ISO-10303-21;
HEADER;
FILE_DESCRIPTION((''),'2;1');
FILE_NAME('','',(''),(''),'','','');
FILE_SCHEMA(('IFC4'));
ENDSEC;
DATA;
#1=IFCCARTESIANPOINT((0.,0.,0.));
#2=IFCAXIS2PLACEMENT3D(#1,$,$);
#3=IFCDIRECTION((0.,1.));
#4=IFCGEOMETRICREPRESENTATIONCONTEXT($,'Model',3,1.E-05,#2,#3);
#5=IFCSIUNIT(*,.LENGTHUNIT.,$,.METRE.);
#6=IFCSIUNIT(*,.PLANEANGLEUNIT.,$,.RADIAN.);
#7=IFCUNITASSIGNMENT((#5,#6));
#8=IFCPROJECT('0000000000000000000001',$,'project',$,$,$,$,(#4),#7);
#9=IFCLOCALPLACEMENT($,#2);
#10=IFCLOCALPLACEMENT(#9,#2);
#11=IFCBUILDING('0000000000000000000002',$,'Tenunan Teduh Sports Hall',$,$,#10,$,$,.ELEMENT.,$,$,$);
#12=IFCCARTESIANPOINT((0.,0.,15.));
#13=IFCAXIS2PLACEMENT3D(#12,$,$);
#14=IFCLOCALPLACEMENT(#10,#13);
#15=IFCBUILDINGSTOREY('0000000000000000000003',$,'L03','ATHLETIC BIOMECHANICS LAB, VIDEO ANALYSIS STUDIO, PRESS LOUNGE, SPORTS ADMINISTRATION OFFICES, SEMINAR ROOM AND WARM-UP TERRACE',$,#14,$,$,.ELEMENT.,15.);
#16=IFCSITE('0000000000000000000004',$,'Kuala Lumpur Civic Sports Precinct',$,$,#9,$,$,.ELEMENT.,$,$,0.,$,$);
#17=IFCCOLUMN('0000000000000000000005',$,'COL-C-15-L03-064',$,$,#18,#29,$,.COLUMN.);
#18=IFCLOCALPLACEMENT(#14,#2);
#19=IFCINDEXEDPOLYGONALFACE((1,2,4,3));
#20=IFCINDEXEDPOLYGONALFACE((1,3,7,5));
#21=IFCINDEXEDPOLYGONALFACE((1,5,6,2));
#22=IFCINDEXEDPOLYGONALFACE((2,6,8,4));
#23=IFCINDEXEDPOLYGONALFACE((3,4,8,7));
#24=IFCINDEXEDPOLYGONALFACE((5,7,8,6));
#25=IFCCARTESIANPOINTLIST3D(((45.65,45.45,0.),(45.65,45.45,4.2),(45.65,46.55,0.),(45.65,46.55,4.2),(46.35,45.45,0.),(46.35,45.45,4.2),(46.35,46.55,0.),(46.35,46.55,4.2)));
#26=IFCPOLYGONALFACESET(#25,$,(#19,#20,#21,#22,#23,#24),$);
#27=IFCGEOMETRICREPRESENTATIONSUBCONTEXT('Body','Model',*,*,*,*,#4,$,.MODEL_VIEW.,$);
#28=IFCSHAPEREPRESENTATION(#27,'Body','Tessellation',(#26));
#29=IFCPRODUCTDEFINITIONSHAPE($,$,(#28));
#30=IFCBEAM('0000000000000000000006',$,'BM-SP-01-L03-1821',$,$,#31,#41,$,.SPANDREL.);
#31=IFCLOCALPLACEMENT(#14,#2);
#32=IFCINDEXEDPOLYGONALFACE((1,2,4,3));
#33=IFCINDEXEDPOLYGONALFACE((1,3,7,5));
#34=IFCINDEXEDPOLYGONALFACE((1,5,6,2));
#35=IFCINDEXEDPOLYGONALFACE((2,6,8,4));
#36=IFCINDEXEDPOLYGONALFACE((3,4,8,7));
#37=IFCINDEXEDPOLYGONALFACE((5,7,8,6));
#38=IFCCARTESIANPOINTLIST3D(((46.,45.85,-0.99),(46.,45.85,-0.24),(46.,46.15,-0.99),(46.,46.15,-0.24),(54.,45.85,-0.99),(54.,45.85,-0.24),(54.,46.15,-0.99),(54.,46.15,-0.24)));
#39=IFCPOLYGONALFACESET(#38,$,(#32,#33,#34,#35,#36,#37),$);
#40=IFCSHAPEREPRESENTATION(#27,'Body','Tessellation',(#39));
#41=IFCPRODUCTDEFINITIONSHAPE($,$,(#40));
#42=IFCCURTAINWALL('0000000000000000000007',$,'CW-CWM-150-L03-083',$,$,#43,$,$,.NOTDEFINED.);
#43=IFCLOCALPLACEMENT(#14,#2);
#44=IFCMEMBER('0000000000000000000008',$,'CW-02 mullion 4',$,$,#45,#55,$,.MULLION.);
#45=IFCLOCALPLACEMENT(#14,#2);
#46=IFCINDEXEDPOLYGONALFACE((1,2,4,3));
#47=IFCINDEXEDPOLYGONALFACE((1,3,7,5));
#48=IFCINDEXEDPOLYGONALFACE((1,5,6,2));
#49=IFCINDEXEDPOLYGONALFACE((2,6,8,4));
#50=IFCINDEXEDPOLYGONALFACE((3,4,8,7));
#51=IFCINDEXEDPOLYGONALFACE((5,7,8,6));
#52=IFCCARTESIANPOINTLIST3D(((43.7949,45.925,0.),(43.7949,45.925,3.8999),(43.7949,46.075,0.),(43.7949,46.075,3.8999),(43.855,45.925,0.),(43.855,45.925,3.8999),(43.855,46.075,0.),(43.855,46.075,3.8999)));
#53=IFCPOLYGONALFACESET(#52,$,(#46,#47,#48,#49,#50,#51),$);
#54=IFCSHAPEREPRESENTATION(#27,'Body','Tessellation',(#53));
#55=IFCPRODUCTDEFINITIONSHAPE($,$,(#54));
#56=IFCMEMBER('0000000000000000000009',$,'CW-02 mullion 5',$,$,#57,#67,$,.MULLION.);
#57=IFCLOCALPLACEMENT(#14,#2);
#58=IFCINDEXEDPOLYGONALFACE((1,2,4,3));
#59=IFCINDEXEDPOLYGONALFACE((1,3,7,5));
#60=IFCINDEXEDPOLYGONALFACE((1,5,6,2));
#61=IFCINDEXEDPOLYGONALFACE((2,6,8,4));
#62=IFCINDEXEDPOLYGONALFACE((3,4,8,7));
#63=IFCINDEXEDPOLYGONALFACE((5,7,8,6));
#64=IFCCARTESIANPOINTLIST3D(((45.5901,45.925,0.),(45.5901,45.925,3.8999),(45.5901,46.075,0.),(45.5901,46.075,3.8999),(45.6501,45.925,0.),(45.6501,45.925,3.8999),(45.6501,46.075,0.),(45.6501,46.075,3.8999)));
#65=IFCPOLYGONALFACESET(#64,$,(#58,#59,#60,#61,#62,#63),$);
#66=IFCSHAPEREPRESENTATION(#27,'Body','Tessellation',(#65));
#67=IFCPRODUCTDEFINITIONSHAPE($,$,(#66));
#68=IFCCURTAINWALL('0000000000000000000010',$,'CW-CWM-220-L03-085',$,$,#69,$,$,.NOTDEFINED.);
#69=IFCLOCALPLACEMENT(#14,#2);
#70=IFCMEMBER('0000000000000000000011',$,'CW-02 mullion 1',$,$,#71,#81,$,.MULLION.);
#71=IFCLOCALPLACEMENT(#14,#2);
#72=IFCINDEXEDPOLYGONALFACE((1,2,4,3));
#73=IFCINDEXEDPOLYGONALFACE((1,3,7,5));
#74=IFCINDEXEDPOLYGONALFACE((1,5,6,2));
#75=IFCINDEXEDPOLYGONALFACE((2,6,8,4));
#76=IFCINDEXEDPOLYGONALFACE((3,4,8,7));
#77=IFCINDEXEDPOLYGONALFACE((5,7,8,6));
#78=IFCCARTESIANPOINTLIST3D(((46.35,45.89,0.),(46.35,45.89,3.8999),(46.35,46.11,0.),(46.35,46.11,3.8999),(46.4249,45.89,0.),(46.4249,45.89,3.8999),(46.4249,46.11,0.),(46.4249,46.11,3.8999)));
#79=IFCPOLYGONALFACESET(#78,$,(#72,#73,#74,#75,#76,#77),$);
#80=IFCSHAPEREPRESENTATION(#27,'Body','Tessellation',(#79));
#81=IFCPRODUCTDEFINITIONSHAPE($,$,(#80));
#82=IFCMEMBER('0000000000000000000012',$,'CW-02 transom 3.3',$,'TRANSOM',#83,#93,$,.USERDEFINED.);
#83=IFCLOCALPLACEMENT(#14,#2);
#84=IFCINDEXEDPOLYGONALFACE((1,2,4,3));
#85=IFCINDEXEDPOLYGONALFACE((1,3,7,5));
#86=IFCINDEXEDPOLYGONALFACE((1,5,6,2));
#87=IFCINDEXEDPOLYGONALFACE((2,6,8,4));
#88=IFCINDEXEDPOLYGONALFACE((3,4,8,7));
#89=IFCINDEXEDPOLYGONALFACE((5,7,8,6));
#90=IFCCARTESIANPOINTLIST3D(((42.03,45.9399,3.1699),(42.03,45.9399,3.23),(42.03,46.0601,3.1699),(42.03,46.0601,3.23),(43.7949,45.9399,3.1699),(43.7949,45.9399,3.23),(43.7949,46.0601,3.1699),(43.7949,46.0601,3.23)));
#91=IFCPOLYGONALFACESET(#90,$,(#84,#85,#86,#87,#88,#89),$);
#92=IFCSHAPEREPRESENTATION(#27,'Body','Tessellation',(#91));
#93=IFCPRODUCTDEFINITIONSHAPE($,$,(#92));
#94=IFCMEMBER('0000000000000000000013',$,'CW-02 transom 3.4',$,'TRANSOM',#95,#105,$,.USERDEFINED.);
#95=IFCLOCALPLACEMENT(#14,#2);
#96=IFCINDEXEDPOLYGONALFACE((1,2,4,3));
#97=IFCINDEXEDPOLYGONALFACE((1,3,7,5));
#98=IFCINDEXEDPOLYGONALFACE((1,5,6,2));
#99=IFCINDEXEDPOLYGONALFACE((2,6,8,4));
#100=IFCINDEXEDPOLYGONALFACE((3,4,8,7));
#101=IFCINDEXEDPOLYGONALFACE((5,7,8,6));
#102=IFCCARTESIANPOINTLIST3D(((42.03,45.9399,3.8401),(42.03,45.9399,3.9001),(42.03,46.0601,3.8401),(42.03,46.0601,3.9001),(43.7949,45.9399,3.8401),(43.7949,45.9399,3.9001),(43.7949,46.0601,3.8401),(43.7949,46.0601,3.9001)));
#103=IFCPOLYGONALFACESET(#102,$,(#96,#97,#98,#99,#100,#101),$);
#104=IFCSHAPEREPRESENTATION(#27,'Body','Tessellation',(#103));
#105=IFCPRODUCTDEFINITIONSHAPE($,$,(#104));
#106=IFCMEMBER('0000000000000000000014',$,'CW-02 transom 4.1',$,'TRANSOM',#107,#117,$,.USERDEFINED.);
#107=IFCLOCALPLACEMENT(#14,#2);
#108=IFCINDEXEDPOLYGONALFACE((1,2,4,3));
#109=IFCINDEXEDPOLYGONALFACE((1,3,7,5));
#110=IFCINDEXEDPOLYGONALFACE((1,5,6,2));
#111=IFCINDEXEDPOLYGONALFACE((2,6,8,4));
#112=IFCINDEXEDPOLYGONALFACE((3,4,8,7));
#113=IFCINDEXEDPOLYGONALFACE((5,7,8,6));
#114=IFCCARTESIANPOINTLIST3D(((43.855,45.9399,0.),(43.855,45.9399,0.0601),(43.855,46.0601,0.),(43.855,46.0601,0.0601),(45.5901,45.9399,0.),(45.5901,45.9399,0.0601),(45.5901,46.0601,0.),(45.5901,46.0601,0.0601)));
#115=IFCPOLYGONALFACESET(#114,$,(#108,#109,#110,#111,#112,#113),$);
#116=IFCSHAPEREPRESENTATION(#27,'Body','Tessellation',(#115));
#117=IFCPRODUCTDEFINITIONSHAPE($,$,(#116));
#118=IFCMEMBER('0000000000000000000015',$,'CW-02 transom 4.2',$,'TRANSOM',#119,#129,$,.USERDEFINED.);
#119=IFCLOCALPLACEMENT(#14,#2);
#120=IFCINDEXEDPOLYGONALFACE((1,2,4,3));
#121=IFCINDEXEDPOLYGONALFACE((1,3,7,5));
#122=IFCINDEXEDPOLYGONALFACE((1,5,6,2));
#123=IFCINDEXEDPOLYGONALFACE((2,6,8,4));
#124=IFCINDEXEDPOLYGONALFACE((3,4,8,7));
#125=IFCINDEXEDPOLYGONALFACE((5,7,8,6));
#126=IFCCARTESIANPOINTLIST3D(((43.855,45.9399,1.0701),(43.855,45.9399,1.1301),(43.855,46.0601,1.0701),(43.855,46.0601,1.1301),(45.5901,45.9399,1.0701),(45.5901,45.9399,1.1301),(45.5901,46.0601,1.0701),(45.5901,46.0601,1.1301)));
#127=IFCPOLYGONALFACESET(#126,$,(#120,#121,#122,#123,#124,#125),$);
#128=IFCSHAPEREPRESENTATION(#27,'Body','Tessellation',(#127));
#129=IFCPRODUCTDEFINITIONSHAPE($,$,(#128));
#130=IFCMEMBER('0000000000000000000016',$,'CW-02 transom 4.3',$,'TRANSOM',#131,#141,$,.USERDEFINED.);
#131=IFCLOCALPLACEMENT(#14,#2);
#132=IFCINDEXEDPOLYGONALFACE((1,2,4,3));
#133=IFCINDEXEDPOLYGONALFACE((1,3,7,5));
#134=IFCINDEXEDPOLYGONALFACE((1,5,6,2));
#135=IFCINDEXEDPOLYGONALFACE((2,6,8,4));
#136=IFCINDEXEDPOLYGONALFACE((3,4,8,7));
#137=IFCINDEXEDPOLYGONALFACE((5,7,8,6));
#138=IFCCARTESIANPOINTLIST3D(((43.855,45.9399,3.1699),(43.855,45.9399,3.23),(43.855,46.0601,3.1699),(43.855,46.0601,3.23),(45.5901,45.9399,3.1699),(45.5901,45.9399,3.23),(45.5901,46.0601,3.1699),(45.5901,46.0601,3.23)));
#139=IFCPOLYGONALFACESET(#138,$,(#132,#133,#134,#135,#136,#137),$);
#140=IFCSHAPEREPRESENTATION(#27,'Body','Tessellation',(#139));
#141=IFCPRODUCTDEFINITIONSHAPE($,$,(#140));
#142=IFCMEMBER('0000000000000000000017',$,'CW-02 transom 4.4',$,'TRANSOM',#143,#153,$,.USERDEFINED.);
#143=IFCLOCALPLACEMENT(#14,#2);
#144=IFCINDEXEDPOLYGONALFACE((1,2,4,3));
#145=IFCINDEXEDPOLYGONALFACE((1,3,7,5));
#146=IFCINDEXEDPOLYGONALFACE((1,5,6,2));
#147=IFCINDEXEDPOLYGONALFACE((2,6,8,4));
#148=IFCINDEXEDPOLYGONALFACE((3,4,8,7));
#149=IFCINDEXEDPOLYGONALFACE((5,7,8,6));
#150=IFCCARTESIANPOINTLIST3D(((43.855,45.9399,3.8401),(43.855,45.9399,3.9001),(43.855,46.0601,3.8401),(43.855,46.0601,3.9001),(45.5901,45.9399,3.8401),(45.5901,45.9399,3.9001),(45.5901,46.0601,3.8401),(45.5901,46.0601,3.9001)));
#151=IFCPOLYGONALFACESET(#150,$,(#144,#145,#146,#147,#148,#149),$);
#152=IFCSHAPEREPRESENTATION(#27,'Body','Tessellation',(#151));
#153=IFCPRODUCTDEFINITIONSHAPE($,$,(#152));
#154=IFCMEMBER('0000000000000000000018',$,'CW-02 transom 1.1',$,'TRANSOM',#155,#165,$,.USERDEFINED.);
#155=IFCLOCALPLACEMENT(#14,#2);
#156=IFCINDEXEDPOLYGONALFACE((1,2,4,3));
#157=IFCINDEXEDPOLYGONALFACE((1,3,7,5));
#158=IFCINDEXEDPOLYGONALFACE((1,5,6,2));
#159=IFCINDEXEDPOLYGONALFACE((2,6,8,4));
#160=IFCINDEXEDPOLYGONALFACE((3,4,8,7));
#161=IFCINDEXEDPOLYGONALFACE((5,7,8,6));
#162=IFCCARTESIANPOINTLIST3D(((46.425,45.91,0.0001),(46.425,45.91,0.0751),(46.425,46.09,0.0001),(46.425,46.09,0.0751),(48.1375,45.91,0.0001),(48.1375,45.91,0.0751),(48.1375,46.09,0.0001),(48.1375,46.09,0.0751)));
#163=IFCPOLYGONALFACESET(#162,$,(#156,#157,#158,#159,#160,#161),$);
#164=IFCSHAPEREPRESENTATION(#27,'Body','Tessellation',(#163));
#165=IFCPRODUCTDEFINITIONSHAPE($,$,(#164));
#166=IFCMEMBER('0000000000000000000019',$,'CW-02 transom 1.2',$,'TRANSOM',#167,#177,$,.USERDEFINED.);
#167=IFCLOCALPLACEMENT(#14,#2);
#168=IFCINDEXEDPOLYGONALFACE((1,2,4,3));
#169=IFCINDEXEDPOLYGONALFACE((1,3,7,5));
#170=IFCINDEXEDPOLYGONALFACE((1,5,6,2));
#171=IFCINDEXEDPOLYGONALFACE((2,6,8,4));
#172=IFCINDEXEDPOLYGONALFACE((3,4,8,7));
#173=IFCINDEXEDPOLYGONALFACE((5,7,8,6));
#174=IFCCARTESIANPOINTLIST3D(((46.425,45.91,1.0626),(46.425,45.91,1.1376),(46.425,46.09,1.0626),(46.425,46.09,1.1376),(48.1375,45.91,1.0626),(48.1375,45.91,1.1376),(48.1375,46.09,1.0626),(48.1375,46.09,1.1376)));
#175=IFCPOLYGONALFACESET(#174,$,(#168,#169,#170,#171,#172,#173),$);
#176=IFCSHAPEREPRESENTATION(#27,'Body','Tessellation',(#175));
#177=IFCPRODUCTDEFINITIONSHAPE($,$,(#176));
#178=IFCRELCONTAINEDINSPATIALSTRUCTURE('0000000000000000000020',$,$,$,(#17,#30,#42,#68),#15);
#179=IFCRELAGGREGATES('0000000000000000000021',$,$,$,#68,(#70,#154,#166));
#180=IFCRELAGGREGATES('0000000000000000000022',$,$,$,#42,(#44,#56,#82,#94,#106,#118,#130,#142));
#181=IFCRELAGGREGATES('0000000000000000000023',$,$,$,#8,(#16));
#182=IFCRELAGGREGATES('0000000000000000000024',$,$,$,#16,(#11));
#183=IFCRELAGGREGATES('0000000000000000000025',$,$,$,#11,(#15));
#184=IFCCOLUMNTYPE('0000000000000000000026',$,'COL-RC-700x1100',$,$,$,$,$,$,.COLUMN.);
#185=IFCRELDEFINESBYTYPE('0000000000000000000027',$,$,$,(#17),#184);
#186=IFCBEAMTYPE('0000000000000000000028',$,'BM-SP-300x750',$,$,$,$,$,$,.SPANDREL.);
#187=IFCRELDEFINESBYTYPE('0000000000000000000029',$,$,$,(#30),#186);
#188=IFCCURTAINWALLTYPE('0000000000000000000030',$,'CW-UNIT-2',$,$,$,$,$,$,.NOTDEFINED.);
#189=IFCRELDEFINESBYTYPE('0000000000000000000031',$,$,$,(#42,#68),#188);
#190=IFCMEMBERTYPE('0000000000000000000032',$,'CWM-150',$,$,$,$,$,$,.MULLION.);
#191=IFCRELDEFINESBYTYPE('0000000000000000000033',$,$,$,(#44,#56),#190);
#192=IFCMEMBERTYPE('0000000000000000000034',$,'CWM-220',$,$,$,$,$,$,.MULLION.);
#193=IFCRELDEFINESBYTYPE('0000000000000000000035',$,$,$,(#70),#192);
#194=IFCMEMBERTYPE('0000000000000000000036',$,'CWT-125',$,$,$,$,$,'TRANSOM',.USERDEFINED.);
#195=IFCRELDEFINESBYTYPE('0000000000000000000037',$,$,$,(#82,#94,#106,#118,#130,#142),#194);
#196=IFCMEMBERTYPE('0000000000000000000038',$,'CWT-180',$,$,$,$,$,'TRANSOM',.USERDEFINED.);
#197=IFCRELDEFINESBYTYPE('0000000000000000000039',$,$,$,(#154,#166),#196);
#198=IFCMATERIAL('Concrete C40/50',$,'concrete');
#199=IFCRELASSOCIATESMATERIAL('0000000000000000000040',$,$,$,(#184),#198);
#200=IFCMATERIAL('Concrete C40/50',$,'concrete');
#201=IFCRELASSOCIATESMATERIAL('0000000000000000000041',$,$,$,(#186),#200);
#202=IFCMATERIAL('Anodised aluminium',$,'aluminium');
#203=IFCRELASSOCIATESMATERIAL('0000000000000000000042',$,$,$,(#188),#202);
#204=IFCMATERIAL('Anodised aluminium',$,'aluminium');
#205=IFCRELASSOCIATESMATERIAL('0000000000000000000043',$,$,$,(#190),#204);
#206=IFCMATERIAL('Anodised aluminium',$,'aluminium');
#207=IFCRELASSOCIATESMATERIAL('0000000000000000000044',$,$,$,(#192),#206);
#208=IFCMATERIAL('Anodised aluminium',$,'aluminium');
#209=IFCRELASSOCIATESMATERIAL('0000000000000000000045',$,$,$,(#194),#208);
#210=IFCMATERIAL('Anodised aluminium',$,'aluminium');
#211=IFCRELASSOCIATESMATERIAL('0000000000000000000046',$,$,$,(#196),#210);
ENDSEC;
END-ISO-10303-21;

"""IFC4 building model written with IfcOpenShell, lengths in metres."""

from ifc_helpers import new_model, si_unit, direction, frame, origin, origin_2d, place, context, subcontext, project, spatial, rectangle, extrude, material, material_profile, profile_set, type_object, element, aggregate, save


model = new_model("IFC4")

# Units and contexts
model_context = context("Model", 3, precision=1e-05, world=origin(), true_north=direction((0.0, 1.0)))
body_context = subcontext(model_context, "Body", "Model", "MODEL_VIEW")
ifc_project = project(units=[si_unit("LENGTHUNIT", "METRE"), si_unit("PLANEANGLEUNIT", "RADIAN")], contexts=[model_context])

# Site, building, storey
site_placement = place(None, origin())
site = spatial("IfcSite", under=ifc_project, at=site_placement, Name="Kuala Lumpur Civic Sports Precinct", CompositionType="ELEMENT", RefElevation=0.0)
building_placement = place(site_placement, origin())
building = spatial("IfcBuilding", under=site, at=building_placement, Name="Tenunan Teduh Sports Hall", CompositionType="ELEMENT")
storey_placement = place(building_placement, frame((0.0, 0.0, 15.0)))
storey = spatial("IfcBuildingStorey", under=building, at=storey_placement, Name="L03", Description="ATHLETIC BIOMECHANICS LAB, VIDEO ANALYSIS STUDIO, PRESS LOUNGE, SPORTS ADMINISTRATION OFFICES, SEMINAR ROOM AND WARM-UP TERRACE", CompositionType="ELEMENT", Elevation=15.0)

# Column
ifc_material_1 = material(Name="Concrete C40/50", Category="concrete")
ifc_material_profile_1 = material_profile(ifc_material_1, rectangle(XDim=0.7, YDim=1.1001, at=origin_2d()), Name="RC 700x1100")
ifc_profile_set_1 = profile_set([ifc_material_profile_1], Name="Concrete C40/50")
column_type = type_object("IfcColumnType", Name="COL-RC-700x1100", PredefinedType="COLUMN", material=ifc_profile_set_1)
column_placement = place(storey_placement, frame((46.0, 46.0, 0.0), z_axis=(0.0, 0.0, 1.0), x_axis=(1.0, 0.0, 0.0)))
element("IfcColumn", 1, at=column_placement, inside=storey, type_object=column_type, Name="COL-C-15-L03-064", PredefinedType="COLUMN", context=body_context, shape_type="SweptSolid", body=[
    extrude(rectangle(XDim=0.7, YDim=1.1001, at=origin_2d()), origin(), (0.0, 0.0, 1.0), 4.2),
])

# Beam
ifc_material_2 = material(Name="Concrete C40/50", Category="concrete")
ifc_material_profile_2 = material_profile(ifc_material_2, rectangle(XDim=0.3, YDim=0.75, at=origin_2d()), Name="SPB 300x750")
ifc_profile_set_2 = profile_set([ifc_material_profile_2], Name="Concrete C40/50")
beam_type = type_object("IfcBeamType", Name="BM-SP-300x750", PredefinedType="SPANDREL", material=ifc_profile_set_2)
beam_placement = place(storey_placement, frame((46.0, 46.0, -0.615), z_axis=(1.0, 0.0, 0.0), x_axis=(0.0, 1.0, 0.0)))
element("IfcBeam", 2, at=beam_placement, inside=storey, type_object=beam_type, Name="BM-SP-01-L03-1821", PredefinedType="SPANDREL", context=body_context, shape_type="SweptSolid", body=[
    extrude(rectangle(XDim=0.3, YDim=0.75, at=origin_2d()), origin(), (0.0, 0.0, 1.0), 8.0),
])

# Curtain wall, members
ifc_material_3 = material(Name="Anodised aluminium", Category="aluminium")
curtain_wall_type = type_object("IfcCurtainWallType", Name="CW-UNIT-2", PredefinedType="NOTDEFINED", material=ifc_material_3)
curtain_wall_1_placement = place(storey_placement, origin())
curtain_wall_1 = element("IfcCurtainWall", 3, at=curtain_wall_1_placement, inside=storey, type_object=curtain_wall_type, Name="CW-CWM-150-L03-083", PredefinedType="NOTDEFINED")
ifc_material_4 = material(Name="Anodised aluminium", Category="aluminium")
ifc_material_profile_3 = material_profile(ifc_material_4, rectangle(XDim=0.0601, YDim=0.1499, at=origin_2d()), Name="CWM 60x150")
ifc_profile_set_3 = profile_set([ifc_material_profile_3], Name="Anodised aluminium")
member_type_1 = type_object("IfcMemberType", Name="CWM-150", PredefinedType="MULLION", material=ifc_profile_set_3)
member_1_placement = place(storey_placement, frame((43.825, 46.0, 0.0), z_axis=(0.0, 0.0, 1.0), x_axis=(1.0, 0.0, 0.0)))
member_1 = element("IfcMember", 4, at=member_1_placement, type_object=member_type_1, Name="CW-02 mullion 4", PredefinedType="MULLION", context=body_context, shape_type="SweptSolid", body=[
    extrude(rectangle(XDim=0.0601, YDim=0.1499, at=origin_2d()), origin(), (0.0, 0.0, 1.0), 3.8999),
])
member_2_placement = place(storey_placement, frame((45.6201, 46.0, 0.0), z_axis=(0.0, 0.0, 1.0), x_axis=(1.0, 0.0, 0.0)))
member_2 = element("IfcMember", 5, at=member_2_placement, type_object=member_type_1, Name="CW-02 mullion 5", PredefinedType="MULLION", context=body_context, shape_type="SweptSolid", body=[
    extrude(rectangle(XDim=0.0601, YDim=0.1499, at=origin_2d()), origin(), (0.0, 0.0, 1.0), 3.8999),
])

# Curtain wall, member
curtain_wall_2_placement = place(storey_placement, origin())
curtain_wall_2 = element("IfcCurtainWall", 6, at=curtain_wall_2_placement, inside=storey, type_object=curtain_wall_type, Name="CW-CWM-220-L03-085", PredefinedType="NOTDEFINED")
ifc_material_5 = material(Name="Anodised aluminium", Category="aluminium")
ifc_material_profile_4 = material_profile(ifc_material_5, rectangle(XDim=0.075, YDim=0.22, at=origin_2d()), Name="CWM 75x220")
ifc_profile_set_4 = profile_set([ifc_material_profile_4], Name="Anodised aluminium")
member_type_2 = type_object("IfcMemberType", Name="CWM-220", PredefinedType="MULLION", material=ifc_profile_set_4)
member_3_placement = place(storey_placement, frame((46.3875, 46.0, 0.0), z_axis=(0.0, 0.0, 1.0), x_axis=(1.0, 0.0, 0.0)))
member_3 = element("IfcMember", 7, at=member_3_placement, type_object=member_type_2, Name="CW-02 mullion 1", PredefinedType="MULLION", context=body_context, shape_type="SweptSolid", body=[
    extrude(rectangle(XDim=0.075, YDim=0.22, at=origin_2d()), origin(), (0.0, 0.0, 1.0), 3.8999),
])

# Members
ifc_material_6 = material(Name="Anodised aluminium", Category="aluminium")
ifc_material_profile_5 = material_profile(ifc_material_6, rectangle(XDim=0.0601, YDim=0.1201, at=origin_2d()), Name="CWT 60x120")
ifc_profile_set_5 = profile_set([ifc_material_profile_5], Name="Anodised aluminium")
member_type_3 = type_object("IfcMemberType", Name="CWT-125", ElementType="TRANSOM", PredefinedType="USERDEFINED", material=ifc_profile_set_5)
member_4_placement = place(storey_placement, frame((42.03, 46.0, 3.2), z_axis=(1.0, 0.0, 0.0), x_axis=(0.0, 0.0, 1.0)))
member_4 = element("IfcMember", 8, at=member_4_placement, type_object=member_type_3, Name="CW-02 transom 3.3", ObjectType="TRANSOM", PredefinedType="USERDEFINED", context=body_context, shape_type="SweptSolid", body=[
    extrude(rectangle(XDim=0.0601, YDim=0.1201, at=origin_2d()), origin(), (0.0, 0.0, 1.0), 1.7649),
])
member_5_placement = place(storey_placement, frame((42.03, 46.0, 3.8701), z_axis=(1.0, 0.0, 0.0), x_axis=(0.0, 0.0, 1.0)))
member_5 = element("IfcMember", 9, at=member_5_placement, type_object=member_type_3, Name="CW-02 transom 3.4", ObjectType="TRANSOM", PredefinedType="USERDEFINED", context=body_context, shape_type="SweptSolid", body=[
    extrude(rectangle(XDim=0.0601, YDim=0.1201, at=origin_2d()), origin(), (0.0, 0.0, 1.0), 1.7649),
])
member_6_placement = place(storey_placement, frame((43.855, 46.0, 0.03), z_axis=(1.0, 0.0, 0.0), x_axis=(0.0, 0.0, 1.0)))
member_6 = element("IfcMember", 10, at=member_6_placement, type_object=member_type_3, Name="CW-02 transom 4.1", ObjectType="TRANSOM", PredefinedType="USERDEFINED", context=body_context, shape_type="SweptSolid", body=[
    extrude(rectangle(XDim=0.0601, YDim=0.1201, at=origin_2d()), origin(), (0.0, 0.0, 1.0), 1.7351),
])
member_7_placement = place(storey_placement, frame((43.855, 46.0, 1.1001), z_axis=(1.0, 0.0, 0.0), x_axis=(0.0, 0.0, 1.0)))
member_7 = element("IfcMember", 11, at=member_7_placement, type_object=member_type_3, Name="CW-02 transom 4.2", ObjectType="TRANSOM", PredefinedType="USERDEFINED", context=body_context, shape_type="SweptSolid", body=[
    extrude(rectangle(XDim=0.0601, YDim=0.1201, at=origin_2d()), origin(), (0.0, 0.0, 1.0), 1.7351),
])
member_8_placement = place(storey_placement, frame((43.855, 46.0, 3.2), z_axis=(1.0, 0.0, 0.0), x_axis=(0.0, 0.0, 1.0)))
member_8 = element("IfcMember", 12, at=member_8_placement, type_object=member_type_3, Name="CW-02 transom 4.3", ObjectType="TRANSOM", PredefinedType="USERDEFINED", context=body_context, shape_type="SweptSolid", body=[
    extrude(rectangle(XDim=0.0601, YDim=0.1201, at=origin_2d()), origin(), (0.0, 0.0, 1.0), 1.7351),
])
member_9_placement = place(storey_placement, frame((43.855, 46.0, 3.8701), z_axis=(1.0, 0.0, 0.0), x_axis=(0.0, 0.0, 1.0)))
member_9 = element("IfcMember", 13, at=member_9_placement, type_object=member_type_3, Name="CW-02 transom 4.4", ObjectType="TRANSOM", PredefinedType="USERDEFINED", context=body_context, shape_type="SweptSolid", body=[
    extrude(rectangle(XDim=0.0601, YDim=0.1201, at=origin_2d()), origin(), (0.0, 0.0, 1.0), 1.7351),
])
ifc_material_7 = material(Name="Anodised aluminium", Category="aluminium")
ifc_material_profile_6 = material_profile(ifc_material_7, rectangle(XDim=0.075, YDim=0.1799, at=origin_2d()), Name="CWT 75x180")
ifc_profile_set_6 = profile_set([ifc_material_profile_6], Name="Anodised aluminium")
member_type_4 = type_object("IfcMemberType", Name="CWT-180", ElementType="TRANSOM", PredefinedType="USERDEFINED", material=ifc_profile_set_6)
member_10_placement = place(storey_placement, frame((46.425, 46.0, 0.0376), z_axis=(1.0, 0.0, 0.0), x_axis=(0.0, 0.0, 1.0)))
member_10 = element("IfcMember", 14, at=member_10_placement, type_object=member_type_4, Name="CW-02 transom 1.1", ObjectType="TRANSOM", PredefinedType="USERDEFINED", context=body_context, shape_type="SweptSolid", body=[
    extrude(rectangle(XDim=0.075, YDim=0.1799, at=origin_2d()), origin(), (0.0, 0.0, 1.0), 1.7124),
])
member_11_placement = place(storey_placement, frame((46.425, 46.0, 1.1001), z_axis=(1.0, 0.0, 0.0), x_axis=(0.0, 0.0, 1.0)))
member_11 = element("IfcMember", 15, at=member_11_placement, type_object=member_type_4, Name="CW-02 transom 1.2", ObjectType="TRANSOM", PredefinedType="USERDEFINED", context=body_context, shape_type="SweptSolid", body=[
    extrude(rectangle(XDim=0.075, YDim=0.1799, at=origin_2d()), origin(), (0.0, 0.0, 1.0), 1.7124),
])
aggregate(curtain_wall_2, [member_3, member_10, member_11])

aggregate(curtain_wall_1, [member_1, member_2, member_4, member_5, member_6, member_7, member_8, member_9])

save(model, "model.ifc")
